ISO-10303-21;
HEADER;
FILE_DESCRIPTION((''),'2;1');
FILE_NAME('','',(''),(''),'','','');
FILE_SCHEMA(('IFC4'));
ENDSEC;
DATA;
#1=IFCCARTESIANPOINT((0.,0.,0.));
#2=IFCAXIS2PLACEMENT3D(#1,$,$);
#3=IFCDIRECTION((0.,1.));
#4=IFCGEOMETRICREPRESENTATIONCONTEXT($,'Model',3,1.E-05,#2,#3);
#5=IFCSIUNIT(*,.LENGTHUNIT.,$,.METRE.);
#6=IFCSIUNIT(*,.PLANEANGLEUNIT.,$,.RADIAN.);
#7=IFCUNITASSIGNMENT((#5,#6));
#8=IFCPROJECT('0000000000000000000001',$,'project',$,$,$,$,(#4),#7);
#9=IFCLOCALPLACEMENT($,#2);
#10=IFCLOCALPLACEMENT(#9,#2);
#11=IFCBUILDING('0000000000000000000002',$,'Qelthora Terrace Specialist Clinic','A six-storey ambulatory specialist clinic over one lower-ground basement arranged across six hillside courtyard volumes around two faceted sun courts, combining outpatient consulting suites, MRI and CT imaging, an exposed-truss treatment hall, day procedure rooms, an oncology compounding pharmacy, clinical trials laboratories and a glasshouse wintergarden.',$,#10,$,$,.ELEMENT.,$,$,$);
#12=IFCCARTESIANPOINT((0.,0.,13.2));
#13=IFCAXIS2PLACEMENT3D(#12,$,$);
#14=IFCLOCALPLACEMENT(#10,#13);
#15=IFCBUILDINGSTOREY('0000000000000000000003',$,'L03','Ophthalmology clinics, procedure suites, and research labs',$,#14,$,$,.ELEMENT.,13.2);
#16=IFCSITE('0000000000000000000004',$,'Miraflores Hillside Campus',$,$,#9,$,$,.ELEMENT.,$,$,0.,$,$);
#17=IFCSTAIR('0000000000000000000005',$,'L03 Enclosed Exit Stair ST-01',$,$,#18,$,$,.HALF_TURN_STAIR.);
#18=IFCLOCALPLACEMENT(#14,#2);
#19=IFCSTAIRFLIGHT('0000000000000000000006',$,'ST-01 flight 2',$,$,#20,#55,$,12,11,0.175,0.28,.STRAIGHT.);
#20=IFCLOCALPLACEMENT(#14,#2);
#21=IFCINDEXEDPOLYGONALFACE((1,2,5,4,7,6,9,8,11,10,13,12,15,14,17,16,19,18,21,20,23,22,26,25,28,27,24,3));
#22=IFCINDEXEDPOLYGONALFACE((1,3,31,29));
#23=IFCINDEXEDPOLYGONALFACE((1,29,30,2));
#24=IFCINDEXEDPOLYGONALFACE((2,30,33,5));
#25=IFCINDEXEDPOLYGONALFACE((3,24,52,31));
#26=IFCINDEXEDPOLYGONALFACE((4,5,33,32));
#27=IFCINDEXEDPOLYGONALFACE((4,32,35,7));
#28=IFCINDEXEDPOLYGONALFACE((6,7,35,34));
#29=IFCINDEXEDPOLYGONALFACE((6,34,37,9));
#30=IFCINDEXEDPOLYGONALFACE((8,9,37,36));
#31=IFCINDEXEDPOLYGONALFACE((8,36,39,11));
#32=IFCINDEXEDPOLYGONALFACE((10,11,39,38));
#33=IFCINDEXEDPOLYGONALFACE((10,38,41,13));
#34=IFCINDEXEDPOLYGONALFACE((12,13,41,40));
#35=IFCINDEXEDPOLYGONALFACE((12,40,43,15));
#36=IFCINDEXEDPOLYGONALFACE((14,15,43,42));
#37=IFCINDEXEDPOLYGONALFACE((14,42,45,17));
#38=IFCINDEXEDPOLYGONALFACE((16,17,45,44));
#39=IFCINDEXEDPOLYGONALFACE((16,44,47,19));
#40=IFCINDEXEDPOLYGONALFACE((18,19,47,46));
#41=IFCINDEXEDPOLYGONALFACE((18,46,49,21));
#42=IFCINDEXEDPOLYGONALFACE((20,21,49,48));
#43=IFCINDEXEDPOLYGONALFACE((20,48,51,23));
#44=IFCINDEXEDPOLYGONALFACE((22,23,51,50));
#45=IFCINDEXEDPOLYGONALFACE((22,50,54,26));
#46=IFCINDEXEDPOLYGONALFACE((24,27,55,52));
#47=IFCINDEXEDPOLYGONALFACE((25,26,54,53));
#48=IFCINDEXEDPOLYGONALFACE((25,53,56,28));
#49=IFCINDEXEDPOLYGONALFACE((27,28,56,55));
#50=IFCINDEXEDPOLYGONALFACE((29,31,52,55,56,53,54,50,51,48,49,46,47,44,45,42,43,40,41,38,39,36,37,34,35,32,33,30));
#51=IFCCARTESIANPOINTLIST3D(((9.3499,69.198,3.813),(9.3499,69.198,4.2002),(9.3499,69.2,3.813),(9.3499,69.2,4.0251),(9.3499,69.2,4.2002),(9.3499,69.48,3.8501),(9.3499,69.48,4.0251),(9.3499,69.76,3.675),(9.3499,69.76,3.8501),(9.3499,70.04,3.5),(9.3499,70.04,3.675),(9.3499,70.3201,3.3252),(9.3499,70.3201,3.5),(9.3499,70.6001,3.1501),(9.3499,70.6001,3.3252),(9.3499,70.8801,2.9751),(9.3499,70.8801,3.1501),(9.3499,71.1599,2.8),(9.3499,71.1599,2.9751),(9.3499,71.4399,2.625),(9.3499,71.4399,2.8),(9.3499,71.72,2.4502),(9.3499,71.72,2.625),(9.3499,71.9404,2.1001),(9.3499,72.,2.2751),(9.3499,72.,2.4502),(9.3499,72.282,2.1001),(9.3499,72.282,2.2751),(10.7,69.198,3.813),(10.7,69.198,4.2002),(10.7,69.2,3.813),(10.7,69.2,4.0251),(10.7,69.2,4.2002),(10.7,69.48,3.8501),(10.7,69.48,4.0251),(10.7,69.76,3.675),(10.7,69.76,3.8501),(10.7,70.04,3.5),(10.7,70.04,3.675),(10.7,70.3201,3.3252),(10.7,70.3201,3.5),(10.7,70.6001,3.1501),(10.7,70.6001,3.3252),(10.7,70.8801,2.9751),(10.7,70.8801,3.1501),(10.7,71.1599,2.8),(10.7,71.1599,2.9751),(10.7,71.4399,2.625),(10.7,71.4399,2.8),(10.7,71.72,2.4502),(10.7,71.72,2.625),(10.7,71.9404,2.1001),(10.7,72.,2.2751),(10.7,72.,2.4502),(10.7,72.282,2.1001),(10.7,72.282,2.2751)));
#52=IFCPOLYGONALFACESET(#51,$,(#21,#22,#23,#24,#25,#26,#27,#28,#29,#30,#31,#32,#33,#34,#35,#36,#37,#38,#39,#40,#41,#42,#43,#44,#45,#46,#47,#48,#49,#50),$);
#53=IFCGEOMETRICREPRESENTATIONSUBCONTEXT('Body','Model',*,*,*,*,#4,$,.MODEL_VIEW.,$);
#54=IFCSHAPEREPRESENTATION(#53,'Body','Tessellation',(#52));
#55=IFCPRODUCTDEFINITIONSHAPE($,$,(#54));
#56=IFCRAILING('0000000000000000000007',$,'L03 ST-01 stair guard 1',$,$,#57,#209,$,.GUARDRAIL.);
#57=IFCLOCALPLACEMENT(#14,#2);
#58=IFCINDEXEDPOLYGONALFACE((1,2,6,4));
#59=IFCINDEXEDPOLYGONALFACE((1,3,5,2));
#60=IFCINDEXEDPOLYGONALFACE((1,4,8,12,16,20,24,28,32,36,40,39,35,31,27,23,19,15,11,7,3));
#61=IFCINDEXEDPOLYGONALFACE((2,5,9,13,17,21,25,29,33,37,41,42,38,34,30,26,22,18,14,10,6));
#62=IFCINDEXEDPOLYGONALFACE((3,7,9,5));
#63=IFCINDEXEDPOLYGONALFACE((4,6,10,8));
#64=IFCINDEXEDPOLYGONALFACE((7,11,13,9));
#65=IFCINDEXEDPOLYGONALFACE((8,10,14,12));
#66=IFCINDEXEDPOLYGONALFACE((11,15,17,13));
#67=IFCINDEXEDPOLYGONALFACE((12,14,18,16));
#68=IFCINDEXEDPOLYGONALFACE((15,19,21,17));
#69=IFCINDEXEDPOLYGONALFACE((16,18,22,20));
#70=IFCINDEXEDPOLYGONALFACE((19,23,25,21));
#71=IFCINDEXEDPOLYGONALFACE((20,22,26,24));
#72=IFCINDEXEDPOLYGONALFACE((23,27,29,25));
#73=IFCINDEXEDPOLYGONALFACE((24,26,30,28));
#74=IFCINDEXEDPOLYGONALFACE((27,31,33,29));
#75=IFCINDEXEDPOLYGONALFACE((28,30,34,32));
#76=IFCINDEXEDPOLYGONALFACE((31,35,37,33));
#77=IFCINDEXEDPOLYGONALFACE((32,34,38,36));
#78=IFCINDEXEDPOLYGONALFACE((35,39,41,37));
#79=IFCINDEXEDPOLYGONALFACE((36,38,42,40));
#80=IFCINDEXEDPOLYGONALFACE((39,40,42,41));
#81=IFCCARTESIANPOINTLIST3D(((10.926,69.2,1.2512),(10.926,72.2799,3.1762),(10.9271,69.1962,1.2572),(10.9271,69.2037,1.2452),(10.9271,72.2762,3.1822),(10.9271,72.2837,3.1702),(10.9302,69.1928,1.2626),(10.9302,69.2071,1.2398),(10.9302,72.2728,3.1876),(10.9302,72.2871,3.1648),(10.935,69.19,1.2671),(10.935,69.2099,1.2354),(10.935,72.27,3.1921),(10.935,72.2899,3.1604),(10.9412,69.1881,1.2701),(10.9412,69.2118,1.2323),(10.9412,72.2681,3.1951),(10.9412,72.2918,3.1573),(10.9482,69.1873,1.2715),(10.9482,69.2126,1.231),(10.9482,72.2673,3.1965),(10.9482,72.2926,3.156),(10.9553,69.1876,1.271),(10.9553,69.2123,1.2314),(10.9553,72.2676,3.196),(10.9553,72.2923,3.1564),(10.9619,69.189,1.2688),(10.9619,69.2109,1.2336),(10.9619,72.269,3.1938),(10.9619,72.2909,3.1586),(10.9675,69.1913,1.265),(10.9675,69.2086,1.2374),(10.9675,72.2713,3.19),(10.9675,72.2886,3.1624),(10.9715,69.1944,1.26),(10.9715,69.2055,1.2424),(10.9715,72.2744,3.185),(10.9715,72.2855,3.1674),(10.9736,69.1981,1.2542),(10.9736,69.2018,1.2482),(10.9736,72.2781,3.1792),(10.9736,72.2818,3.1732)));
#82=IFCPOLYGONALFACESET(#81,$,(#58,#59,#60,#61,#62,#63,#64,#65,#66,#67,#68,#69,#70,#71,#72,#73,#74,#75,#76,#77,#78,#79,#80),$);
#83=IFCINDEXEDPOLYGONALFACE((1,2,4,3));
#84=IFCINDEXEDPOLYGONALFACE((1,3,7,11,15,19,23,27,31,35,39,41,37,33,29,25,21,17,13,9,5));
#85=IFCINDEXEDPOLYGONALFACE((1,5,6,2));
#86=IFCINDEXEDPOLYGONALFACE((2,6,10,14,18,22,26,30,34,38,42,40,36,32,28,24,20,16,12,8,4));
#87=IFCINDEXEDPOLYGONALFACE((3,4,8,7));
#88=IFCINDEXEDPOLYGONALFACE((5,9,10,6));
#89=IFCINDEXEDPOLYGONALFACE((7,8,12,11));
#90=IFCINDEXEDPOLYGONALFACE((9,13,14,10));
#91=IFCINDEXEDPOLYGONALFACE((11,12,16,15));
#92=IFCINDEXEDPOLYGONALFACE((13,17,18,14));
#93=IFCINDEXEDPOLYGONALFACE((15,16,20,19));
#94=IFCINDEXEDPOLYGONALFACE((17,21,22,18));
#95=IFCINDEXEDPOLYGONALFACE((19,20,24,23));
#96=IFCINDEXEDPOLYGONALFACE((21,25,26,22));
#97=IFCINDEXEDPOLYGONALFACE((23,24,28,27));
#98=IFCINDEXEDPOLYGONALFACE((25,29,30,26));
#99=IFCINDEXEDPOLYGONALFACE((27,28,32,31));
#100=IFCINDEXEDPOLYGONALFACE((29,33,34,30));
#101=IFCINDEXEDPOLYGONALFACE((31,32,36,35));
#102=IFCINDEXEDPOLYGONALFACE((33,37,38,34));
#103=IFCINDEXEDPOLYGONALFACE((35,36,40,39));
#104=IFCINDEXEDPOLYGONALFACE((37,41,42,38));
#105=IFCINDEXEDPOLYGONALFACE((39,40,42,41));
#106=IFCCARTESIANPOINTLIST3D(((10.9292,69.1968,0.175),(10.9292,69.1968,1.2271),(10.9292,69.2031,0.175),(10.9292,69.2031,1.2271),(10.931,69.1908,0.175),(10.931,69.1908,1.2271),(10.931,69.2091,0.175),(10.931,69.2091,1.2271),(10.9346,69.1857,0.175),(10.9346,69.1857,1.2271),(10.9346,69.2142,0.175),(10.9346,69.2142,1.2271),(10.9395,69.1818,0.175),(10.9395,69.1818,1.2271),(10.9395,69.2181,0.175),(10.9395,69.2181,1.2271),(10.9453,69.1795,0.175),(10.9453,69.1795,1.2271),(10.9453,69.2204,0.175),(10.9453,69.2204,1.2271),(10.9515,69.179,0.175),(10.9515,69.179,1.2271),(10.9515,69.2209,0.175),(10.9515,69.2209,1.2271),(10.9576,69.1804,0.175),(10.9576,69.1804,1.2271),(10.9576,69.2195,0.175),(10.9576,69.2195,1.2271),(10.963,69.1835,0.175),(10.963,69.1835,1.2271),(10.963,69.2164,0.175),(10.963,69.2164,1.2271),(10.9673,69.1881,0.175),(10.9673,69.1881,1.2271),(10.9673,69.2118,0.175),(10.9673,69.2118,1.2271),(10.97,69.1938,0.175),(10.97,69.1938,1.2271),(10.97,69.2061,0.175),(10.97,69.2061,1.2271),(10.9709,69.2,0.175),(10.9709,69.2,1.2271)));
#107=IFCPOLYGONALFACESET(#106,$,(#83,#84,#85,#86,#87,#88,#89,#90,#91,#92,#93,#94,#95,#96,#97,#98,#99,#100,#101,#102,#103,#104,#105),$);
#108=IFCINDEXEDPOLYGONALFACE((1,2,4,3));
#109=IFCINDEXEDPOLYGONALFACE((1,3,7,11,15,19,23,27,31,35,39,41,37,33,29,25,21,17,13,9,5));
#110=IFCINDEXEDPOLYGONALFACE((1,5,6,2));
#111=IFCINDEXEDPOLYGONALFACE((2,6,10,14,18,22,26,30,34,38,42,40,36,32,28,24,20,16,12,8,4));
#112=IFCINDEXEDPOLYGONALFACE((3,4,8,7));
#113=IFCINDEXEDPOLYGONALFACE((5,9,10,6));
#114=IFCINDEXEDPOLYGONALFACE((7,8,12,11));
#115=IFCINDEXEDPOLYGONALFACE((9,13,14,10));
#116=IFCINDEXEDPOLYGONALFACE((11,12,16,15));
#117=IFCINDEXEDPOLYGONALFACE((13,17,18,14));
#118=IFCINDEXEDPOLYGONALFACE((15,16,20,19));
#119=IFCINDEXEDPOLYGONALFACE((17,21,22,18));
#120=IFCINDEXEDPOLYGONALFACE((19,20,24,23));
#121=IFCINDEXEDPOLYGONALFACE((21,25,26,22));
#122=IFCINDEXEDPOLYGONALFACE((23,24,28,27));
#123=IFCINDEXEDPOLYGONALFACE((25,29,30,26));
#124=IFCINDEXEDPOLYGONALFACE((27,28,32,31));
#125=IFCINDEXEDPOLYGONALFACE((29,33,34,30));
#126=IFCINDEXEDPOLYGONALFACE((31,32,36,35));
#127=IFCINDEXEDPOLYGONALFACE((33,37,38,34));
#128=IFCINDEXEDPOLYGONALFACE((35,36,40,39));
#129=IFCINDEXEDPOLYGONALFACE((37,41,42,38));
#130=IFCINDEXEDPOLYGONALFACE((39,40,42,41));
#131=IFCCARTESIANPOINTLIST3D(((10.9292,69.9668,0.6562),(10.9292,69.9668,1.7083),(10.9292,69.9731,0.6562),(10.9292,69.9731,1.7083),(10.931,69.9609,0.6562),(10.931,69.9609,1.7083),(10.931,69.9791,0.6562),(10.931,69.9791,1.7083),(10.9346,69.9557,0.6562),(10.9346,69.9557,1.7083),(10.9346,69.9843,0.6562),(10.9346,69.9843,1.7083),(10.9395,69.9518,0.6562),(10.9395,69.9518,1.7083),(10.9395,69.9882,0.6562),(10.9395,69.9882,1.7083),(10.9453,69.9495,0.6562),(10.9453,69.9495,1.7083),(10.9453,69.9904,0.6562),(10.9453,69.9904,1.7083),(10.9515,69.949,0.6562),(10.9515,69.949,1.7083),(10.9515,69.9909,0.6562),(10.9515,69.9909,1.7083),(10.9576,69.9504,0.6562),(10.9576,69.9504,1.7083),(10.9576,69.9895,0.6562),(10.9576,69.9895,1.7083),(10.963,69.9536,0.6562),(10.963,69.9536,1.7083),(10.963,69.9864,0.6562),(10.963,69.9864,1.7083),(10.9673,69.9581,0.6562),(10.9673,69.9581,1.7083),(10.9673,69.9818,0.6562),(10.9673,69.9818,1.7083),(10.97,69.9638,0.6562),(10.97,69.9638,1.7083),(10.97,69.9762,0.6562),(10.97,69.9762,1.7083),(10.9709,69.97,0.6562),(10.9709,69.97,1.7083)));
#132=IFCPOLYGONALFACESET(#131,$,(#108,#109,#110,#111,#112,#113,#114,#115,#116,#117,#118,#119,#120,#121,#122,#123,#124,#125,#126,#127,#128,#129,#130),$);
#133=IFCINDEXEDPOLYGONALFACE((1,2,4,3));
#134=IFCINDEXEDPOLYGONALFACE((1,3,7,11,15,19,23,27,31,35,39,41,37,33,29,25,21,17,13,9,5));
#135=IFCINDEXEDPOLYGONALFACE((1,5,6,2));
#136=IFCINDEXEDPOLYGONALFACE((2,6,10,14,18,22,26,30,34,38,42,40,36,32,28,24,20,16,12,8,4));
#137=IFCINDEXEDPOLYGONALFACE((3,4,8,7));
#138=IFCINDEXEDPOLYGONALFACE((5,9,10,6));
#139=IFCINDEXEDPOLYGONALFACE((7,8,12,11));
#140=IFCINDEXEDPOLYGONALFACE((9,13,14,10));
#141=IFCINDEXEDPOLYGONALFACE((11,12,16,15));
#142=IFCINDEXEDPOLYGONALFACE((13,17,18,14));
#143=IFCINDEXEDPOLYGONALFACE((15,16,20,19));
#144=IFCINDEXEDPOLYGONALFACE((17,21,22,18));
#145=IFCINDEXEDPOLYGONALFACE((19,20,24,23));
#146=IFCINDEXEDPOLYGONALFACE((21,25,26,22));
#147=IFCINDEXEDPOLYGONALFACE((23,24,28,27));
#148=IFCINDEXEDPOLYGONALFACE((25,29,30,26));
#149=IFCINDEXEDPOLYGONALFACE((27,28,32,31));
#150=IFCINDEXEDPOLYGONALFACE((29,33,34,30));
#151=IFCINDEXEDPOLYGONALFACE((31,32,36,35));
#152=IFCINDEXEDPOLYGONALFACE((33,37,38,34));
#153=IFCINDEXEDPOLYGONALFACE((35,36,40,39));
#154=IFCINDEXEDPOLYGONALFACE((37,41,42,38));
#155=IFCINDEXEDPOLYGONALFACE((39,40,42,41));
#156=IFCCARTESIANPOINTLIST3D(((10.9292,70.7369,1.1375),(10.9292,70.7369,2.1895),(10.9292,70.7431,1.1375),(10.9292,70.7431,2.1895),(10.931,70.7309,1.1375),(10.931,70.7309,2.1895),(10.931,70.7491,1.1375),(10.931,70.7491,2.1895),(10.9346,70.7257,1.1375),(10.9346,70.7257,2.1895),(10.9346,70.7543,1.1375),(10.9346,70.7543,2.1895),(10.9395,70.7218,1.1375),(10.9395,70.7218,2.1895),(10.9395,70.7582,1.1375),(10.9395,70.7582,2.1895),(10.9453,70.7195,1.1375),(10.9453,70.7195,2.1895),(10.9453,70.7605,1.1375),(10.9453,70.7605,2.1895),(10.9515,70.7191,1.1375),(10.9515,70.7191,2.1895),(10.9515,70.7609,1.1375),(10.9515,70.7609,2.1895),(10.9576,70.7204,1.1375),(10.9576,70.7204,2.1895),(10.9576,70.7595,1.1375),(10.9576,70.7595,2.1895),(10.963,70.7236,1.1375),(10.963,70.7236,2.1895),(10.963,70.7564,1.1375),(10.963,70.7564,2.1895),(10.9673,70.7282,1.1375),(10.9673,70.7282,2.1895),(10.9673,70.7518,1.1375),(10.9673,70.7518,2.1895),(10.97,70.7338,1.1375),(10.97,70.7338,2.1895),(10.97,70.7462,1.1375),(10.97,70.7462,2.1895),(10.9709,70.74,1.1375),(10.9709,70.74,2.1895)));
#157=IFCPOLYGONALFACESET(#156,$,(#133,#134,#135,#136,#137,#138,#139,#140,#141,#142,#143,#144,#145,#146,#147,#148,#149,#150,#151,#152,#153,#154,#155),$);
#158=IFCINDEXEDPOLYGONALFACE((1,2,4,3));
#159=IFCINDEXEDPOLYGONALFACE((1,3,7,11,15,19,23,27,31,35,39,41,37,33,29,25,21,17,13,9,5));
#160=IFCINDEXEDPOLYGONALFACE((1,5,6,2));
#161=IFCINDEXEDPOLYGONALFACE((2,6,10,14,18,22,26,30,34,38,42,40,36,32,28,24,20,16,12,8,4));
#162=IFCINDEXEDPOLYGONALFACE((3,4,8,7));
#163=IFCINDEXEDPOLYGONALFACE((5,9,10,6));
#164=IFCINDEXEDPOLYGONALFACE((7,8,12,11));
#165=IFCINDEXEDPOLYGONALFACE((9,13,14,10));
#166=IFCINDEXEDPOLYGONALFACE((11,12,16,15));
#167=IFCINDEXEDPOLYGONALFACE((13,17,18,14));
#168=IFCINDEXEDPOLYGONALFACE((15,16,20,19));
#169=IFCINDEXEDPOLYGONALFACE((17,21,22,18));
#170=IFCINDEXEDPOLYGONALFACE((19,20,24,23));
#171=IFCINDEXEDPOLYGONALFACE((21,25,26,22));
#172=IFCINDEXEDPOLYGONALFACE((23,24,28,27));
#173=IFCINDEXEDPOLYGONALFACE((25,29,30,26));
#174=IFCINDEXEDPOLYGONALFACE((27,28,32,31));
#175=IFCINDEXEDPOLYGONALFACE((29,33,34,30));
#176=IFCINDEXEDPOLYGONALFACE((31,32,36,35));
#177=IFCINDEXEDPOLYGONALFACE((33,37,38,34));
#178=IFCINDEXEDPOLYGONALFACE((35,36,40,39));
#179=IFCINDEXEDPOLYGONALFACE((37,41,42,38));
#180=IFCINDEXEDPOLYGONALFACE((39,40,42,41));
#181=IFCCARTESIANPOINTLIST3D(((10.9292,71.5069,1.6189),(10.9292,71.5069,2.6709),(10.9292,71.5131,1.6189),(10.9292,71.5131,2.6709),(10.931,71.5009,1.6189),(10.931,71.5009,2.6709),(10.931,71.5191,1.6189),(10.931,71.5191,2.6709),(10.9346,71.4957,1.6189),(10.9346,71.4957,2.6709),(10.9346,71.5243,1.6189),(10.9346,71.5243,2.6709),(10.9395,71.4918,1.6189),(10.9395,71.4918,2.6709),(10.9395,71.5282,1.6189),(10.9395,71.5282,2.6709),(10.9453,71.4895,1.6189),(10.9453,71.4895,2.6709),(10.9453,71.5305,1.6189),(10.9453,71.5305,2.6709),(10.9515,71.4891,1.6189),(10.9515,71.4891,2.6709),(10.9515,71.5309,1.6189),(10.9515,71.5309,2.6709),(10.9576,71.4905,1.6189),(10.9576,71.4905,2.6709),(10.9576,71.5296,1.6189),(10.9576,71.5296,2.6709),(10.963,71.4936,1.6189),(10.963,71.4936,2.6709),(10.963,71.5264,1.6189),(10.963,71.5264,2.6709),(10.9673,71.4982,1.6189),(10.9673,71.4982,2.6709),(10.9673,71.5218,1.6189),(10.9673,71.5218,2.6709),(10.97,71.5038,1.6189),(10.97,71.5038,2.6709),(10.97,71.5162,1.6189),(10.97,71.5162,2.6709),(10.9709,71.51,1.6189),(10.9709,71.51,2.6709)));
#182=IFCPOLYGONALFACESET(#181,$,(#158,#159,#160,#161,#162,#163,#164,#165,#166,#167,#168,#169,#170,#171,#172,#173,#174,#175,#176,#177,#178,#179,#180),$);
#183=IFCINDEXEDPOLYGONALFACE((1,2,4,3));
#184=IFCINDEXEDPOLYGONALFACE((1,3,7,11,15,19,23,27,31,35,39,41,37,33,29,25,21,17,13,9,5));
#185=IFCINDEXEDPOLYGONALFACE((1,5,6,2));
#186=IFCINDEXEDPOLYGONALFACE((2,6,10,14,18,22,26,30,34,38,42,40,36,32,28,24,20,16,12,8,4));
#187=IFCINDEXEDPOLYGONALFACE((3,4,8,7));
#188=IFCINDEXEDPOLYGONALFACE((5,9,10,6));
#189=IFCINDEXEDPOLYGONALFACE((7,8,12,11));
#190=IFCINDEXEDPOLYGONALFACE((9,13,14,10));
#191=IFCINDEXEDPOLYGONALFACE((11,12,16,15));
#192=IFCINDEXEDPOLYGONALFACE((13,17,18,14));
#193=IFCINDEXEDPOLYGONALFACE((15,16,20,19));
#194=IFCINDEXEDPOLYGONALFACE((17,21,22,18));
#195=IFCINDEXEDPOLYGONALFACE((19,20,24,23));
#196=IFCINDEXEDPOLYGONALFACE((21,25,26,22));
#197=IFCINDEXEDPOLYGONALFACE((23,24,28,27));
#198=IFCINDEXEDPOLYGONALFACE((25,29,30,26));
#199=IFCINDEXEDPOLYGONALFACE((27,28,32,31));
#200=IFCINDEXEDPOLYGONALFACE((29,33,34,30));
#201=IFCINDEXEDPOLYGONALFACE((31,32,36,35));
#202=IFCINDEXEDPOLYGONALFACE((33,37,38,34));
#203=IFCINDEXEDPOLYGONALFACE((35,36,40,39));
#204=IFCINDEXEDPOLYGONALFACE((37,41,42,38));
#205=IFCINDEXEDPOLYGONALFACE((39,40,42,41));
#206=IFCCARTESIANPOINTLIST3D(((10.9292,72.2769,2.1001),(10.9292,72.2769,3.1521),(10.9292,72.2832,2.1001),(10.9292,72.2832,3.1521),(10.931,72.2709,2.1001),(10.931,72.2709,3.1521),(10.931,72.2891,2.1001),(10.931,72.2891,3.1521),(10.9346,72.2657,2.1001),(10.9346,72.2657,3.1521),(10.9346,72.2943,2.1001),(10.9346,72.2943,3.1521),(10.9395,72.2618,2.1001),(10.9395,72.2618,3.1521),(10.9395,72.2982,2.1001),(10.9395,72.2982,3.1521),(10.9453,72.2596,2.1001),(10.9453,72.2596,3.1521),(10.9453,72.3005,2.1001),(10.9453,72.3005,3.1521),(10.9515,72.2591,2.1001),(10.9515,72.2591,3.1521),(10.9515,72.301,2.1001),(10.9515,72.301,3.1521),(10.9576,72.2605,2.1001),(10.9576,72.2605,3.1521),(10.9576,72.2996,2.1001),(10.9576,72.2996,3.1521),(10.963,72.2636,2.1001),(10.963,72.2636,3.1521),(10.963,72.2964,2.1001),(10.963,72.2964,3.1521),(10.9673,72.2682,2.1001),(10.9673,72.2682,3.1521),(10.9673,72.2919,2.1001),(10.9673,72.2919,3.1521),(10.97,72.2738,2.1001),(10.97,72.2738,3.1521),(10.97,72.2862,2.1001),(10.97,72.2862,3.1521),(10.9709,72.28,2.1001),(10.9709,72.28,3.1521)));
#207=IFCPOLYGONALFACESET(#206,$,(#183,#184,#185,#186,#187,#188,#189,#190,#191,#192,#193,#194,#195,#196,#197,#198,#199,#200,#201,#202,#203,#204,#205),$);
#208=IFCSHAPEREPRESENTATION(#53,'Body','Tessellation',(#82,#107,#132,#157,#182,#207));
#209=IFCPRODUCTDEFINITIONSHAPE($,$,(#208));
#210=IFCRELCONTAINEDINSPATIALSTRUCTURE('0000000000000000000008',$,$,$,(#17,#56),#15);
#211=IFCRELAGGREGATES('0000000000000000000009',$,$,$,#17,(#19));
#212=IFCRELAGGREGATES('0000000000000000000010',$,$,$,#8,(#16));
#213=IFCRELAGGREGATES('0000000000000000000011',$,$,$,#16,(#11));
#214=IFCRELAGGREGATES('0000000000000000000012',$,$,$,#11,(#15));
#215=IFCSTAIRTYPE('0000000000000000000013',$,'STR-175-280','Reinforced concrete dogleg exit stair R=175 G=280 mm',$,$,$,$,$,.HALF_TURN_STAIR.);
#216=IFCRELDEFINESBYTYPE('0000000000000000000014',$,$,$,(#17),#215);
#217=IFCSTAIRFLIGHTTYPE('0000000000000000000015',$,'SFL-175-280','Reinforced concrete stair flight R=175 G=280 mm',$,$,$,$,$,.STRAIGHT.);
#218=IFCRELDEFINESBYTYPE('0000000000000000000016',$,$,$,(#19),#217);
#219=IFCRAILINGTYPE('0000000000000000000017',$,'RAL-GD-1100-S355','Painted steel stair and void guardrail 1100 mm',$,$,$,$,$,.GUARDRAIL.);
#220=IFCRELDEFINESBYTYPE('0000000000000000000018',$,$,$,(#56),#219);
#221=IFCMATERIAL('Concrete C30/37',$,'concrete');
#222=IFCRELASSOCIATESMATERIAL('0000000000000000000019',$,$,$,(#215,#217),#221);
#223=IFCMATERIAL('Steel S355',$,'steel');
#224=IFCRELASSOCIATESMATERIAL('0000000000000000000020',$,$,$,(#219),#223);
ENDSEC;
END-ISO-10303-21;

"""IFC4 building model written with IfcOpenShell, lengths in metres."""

from ifc_helpers import new_model, si_unit, direction, frame, origin, origin_2d, place, context, subcontext, project, spatial, polyline, circle, outline, extrude, material, type_object, element, aggregate, save


model = new_model("IFC4")

# Units and contexts
model_context = context("Model", 3, precision=1e-05, world=origin(), true_north=direction((0.0, 1.0)))
body_context = subcontext(model_context, "Body", "Model", "MODEL_VIEW")
ifc_project = project(units=[si_unit("LENGTHUNIT", "METRE"), si_unit("PLANEANGLEUNIT", "RADIAN")], contexts=[model_context])

# Site, building, storey
site_placement = place(None, origin())
site = spatial("IfcSite", under=ifc_project, at=site_placement, Name="Miraflores Hillside Campus", CompositionType="ELEMENT", RefElevation=0.0)
building_placement = place(site_placement, origin())
building = spatial("IfcBuilding", under=site, at=building_placement, Name="Qelthora Terrace Specialist Clinic", Description="A six-storey ambulatory specialist clinic over one lower-ground basement arranged across six hillside courtyard volumes around two faceted sun courts, combining outpatient consulting suites, MRI and CT imaging, an exposed-truss treatment hall, day procedure rooms, an oncology compounding pharmacy, clinical trials laboratories and a glasshouse wintergarden.", CompositionType="ELEMENT")
storey_placement = place(building_placement, frame((0.0, 0.0, 13.2)))
storey = spatial("IfcBuildingStorey", under=building, at=storey_placement, Name="L03", Description="Ophthalmology clinics, procedure suites, and research labs", CompositionType="ELEMENT", Elevation=13.2)

# Shared definitions
ifc_material_1 = material(Name="Steel S355", Category="steel")

# Stair, stair flight
ifc_material_2 = material(Name="Concrete C30/37", Category="concrete")
stair_type = type_object("IfcStairType", Name="STR-175-280", Description="Reinforced concrete dogleg exit stair R=175 G=280 mm", PredefinedType="HALF_TURN_STAIR", material=ifc_material_2)
stair_placement = place(storey_placement, origin())
stair = element("IfcStair", 1, at=stair_placement, inside=storey, type_object=stair_type, Name="L03 Enclosed Exit Stair ST-01", PredefinedType="HALF_TURN_STAIR")
stair_flight_type = type_object("IfcStairFlightType", Name="SFL-175-280", Description="Reinforced concrete stair flight R=175 G=280 mm", PredefinedType="STRAIGHT", material=ifc_material_2)
stair_flight_1_placement = place(storey_placement, frame((10.0249, 72.28, 2.1001), z_axis=(0.0, 0.0, 1.0), x_axis=(0.0, -1.0, 0.0)))
stair_flight_1 = element("IfcStairFlight", 2, at=stair_flight_1_placement, type_object=stair_flight_type, Name="ST-01 flight 2", NumberOfRisers=12, NumberOfTreads=11, PredefinedType="STRAIGHT", RiserHeight=0.175, TreadLength=0.28, context=body_context, shape_type="SweptSolid", body=[
    extrude(outline(polyline([(-0.002, 0.0), (-0.002, 0.175), (0.28, 0.175), (0.28, 0.3501), (0.5601, 0.3501), (0.5601, 0.5249), (0.8401, 0.5249), (0.8401, 0.7), (1.1201, 0.7), (1.1201, 0.875), (1.3999, 0.875), (1.3999, 1.05), (1.6799, 1.05), (1.6799, 1.2251), (1.96, 1.2251), (1.96, 1.3999), (2.24, 1.3999), (2.24, 1.575), (2.52, 1.575), (2.52, 1.75), (2.8, 1.75), (2.8, 1.925), (3.0801, 1.925), (3.0801, 2.1001), (3.082, 2.1001), (3.082, 1.7129), (3.0801, 1.7129), (0.3396, 0.0), (-0.002, 0.0)])), frame((0.0, 0.675, 0.0), z_axis=(0.0, -1.0, 0.0), x_axis=(1.0, 0.0, 0.0)), (0.0, 0.0, 1.0), 1.3501),
])
aggregate(stair, [stair_flight_1])

# Railing
railing_type_1 = type_object("IfcRailingType", Name="RAL-GD-1100-S355", Description="Painted steel stair and void guardrail 1100 mm", PredefinedType="GUARDRAIL", material=ifc_material_1)
railing_1_placement = place(storey_placement, frame((10.95, 69.2, 0.175)))
element("IfcRailing", 3, at=railing_1_placement, inside=storey, type_object=railing_type_1, Name="L03 ST-01 stair guard 1", PredefinedType="GUARDRAIL", context=body_context, shape_type="SweptSolid", body=[
    extrude(circle(Radius=0.0239, at=origin_2d()), frame((0.0, 0.0, 1.0762), z_axis=(0.0, 0.847998, 0.529999), x_axis=(-1.0, 0.0, 0.0)), (0.0, 0.0, 1.0), 3.6321),
    extrude(circle(Radius=0.021, at=origin_2d()), origin(), (0.0, 0.0, 1.0), 1.052),
    extrude(circle(Radius=0.021, at=origin_2d()), frame((0.0, 0.77, 0.4812)), (0.0, 0.0, 1.0), 1.052),
    extrude(circle(Radius=0.021, at=origin_2d()), frame((0.0, 1.54, 0.9624)), (0.0, 0.0, 1.0), 1.052),
    extrude(circle(Radius=0.021, at=origin_2d()), frame((0.0, 2.3101, 1.4438)), (0.0, 0.0, 1.0), 1.052),
    extrude(circle(Radius=0.021, at=origin_2d()), frame((0.0, 3.0801, 1.925)), (0.0, 0.0, 1.0), 1.052),
])

save(model, "model.ifc")
